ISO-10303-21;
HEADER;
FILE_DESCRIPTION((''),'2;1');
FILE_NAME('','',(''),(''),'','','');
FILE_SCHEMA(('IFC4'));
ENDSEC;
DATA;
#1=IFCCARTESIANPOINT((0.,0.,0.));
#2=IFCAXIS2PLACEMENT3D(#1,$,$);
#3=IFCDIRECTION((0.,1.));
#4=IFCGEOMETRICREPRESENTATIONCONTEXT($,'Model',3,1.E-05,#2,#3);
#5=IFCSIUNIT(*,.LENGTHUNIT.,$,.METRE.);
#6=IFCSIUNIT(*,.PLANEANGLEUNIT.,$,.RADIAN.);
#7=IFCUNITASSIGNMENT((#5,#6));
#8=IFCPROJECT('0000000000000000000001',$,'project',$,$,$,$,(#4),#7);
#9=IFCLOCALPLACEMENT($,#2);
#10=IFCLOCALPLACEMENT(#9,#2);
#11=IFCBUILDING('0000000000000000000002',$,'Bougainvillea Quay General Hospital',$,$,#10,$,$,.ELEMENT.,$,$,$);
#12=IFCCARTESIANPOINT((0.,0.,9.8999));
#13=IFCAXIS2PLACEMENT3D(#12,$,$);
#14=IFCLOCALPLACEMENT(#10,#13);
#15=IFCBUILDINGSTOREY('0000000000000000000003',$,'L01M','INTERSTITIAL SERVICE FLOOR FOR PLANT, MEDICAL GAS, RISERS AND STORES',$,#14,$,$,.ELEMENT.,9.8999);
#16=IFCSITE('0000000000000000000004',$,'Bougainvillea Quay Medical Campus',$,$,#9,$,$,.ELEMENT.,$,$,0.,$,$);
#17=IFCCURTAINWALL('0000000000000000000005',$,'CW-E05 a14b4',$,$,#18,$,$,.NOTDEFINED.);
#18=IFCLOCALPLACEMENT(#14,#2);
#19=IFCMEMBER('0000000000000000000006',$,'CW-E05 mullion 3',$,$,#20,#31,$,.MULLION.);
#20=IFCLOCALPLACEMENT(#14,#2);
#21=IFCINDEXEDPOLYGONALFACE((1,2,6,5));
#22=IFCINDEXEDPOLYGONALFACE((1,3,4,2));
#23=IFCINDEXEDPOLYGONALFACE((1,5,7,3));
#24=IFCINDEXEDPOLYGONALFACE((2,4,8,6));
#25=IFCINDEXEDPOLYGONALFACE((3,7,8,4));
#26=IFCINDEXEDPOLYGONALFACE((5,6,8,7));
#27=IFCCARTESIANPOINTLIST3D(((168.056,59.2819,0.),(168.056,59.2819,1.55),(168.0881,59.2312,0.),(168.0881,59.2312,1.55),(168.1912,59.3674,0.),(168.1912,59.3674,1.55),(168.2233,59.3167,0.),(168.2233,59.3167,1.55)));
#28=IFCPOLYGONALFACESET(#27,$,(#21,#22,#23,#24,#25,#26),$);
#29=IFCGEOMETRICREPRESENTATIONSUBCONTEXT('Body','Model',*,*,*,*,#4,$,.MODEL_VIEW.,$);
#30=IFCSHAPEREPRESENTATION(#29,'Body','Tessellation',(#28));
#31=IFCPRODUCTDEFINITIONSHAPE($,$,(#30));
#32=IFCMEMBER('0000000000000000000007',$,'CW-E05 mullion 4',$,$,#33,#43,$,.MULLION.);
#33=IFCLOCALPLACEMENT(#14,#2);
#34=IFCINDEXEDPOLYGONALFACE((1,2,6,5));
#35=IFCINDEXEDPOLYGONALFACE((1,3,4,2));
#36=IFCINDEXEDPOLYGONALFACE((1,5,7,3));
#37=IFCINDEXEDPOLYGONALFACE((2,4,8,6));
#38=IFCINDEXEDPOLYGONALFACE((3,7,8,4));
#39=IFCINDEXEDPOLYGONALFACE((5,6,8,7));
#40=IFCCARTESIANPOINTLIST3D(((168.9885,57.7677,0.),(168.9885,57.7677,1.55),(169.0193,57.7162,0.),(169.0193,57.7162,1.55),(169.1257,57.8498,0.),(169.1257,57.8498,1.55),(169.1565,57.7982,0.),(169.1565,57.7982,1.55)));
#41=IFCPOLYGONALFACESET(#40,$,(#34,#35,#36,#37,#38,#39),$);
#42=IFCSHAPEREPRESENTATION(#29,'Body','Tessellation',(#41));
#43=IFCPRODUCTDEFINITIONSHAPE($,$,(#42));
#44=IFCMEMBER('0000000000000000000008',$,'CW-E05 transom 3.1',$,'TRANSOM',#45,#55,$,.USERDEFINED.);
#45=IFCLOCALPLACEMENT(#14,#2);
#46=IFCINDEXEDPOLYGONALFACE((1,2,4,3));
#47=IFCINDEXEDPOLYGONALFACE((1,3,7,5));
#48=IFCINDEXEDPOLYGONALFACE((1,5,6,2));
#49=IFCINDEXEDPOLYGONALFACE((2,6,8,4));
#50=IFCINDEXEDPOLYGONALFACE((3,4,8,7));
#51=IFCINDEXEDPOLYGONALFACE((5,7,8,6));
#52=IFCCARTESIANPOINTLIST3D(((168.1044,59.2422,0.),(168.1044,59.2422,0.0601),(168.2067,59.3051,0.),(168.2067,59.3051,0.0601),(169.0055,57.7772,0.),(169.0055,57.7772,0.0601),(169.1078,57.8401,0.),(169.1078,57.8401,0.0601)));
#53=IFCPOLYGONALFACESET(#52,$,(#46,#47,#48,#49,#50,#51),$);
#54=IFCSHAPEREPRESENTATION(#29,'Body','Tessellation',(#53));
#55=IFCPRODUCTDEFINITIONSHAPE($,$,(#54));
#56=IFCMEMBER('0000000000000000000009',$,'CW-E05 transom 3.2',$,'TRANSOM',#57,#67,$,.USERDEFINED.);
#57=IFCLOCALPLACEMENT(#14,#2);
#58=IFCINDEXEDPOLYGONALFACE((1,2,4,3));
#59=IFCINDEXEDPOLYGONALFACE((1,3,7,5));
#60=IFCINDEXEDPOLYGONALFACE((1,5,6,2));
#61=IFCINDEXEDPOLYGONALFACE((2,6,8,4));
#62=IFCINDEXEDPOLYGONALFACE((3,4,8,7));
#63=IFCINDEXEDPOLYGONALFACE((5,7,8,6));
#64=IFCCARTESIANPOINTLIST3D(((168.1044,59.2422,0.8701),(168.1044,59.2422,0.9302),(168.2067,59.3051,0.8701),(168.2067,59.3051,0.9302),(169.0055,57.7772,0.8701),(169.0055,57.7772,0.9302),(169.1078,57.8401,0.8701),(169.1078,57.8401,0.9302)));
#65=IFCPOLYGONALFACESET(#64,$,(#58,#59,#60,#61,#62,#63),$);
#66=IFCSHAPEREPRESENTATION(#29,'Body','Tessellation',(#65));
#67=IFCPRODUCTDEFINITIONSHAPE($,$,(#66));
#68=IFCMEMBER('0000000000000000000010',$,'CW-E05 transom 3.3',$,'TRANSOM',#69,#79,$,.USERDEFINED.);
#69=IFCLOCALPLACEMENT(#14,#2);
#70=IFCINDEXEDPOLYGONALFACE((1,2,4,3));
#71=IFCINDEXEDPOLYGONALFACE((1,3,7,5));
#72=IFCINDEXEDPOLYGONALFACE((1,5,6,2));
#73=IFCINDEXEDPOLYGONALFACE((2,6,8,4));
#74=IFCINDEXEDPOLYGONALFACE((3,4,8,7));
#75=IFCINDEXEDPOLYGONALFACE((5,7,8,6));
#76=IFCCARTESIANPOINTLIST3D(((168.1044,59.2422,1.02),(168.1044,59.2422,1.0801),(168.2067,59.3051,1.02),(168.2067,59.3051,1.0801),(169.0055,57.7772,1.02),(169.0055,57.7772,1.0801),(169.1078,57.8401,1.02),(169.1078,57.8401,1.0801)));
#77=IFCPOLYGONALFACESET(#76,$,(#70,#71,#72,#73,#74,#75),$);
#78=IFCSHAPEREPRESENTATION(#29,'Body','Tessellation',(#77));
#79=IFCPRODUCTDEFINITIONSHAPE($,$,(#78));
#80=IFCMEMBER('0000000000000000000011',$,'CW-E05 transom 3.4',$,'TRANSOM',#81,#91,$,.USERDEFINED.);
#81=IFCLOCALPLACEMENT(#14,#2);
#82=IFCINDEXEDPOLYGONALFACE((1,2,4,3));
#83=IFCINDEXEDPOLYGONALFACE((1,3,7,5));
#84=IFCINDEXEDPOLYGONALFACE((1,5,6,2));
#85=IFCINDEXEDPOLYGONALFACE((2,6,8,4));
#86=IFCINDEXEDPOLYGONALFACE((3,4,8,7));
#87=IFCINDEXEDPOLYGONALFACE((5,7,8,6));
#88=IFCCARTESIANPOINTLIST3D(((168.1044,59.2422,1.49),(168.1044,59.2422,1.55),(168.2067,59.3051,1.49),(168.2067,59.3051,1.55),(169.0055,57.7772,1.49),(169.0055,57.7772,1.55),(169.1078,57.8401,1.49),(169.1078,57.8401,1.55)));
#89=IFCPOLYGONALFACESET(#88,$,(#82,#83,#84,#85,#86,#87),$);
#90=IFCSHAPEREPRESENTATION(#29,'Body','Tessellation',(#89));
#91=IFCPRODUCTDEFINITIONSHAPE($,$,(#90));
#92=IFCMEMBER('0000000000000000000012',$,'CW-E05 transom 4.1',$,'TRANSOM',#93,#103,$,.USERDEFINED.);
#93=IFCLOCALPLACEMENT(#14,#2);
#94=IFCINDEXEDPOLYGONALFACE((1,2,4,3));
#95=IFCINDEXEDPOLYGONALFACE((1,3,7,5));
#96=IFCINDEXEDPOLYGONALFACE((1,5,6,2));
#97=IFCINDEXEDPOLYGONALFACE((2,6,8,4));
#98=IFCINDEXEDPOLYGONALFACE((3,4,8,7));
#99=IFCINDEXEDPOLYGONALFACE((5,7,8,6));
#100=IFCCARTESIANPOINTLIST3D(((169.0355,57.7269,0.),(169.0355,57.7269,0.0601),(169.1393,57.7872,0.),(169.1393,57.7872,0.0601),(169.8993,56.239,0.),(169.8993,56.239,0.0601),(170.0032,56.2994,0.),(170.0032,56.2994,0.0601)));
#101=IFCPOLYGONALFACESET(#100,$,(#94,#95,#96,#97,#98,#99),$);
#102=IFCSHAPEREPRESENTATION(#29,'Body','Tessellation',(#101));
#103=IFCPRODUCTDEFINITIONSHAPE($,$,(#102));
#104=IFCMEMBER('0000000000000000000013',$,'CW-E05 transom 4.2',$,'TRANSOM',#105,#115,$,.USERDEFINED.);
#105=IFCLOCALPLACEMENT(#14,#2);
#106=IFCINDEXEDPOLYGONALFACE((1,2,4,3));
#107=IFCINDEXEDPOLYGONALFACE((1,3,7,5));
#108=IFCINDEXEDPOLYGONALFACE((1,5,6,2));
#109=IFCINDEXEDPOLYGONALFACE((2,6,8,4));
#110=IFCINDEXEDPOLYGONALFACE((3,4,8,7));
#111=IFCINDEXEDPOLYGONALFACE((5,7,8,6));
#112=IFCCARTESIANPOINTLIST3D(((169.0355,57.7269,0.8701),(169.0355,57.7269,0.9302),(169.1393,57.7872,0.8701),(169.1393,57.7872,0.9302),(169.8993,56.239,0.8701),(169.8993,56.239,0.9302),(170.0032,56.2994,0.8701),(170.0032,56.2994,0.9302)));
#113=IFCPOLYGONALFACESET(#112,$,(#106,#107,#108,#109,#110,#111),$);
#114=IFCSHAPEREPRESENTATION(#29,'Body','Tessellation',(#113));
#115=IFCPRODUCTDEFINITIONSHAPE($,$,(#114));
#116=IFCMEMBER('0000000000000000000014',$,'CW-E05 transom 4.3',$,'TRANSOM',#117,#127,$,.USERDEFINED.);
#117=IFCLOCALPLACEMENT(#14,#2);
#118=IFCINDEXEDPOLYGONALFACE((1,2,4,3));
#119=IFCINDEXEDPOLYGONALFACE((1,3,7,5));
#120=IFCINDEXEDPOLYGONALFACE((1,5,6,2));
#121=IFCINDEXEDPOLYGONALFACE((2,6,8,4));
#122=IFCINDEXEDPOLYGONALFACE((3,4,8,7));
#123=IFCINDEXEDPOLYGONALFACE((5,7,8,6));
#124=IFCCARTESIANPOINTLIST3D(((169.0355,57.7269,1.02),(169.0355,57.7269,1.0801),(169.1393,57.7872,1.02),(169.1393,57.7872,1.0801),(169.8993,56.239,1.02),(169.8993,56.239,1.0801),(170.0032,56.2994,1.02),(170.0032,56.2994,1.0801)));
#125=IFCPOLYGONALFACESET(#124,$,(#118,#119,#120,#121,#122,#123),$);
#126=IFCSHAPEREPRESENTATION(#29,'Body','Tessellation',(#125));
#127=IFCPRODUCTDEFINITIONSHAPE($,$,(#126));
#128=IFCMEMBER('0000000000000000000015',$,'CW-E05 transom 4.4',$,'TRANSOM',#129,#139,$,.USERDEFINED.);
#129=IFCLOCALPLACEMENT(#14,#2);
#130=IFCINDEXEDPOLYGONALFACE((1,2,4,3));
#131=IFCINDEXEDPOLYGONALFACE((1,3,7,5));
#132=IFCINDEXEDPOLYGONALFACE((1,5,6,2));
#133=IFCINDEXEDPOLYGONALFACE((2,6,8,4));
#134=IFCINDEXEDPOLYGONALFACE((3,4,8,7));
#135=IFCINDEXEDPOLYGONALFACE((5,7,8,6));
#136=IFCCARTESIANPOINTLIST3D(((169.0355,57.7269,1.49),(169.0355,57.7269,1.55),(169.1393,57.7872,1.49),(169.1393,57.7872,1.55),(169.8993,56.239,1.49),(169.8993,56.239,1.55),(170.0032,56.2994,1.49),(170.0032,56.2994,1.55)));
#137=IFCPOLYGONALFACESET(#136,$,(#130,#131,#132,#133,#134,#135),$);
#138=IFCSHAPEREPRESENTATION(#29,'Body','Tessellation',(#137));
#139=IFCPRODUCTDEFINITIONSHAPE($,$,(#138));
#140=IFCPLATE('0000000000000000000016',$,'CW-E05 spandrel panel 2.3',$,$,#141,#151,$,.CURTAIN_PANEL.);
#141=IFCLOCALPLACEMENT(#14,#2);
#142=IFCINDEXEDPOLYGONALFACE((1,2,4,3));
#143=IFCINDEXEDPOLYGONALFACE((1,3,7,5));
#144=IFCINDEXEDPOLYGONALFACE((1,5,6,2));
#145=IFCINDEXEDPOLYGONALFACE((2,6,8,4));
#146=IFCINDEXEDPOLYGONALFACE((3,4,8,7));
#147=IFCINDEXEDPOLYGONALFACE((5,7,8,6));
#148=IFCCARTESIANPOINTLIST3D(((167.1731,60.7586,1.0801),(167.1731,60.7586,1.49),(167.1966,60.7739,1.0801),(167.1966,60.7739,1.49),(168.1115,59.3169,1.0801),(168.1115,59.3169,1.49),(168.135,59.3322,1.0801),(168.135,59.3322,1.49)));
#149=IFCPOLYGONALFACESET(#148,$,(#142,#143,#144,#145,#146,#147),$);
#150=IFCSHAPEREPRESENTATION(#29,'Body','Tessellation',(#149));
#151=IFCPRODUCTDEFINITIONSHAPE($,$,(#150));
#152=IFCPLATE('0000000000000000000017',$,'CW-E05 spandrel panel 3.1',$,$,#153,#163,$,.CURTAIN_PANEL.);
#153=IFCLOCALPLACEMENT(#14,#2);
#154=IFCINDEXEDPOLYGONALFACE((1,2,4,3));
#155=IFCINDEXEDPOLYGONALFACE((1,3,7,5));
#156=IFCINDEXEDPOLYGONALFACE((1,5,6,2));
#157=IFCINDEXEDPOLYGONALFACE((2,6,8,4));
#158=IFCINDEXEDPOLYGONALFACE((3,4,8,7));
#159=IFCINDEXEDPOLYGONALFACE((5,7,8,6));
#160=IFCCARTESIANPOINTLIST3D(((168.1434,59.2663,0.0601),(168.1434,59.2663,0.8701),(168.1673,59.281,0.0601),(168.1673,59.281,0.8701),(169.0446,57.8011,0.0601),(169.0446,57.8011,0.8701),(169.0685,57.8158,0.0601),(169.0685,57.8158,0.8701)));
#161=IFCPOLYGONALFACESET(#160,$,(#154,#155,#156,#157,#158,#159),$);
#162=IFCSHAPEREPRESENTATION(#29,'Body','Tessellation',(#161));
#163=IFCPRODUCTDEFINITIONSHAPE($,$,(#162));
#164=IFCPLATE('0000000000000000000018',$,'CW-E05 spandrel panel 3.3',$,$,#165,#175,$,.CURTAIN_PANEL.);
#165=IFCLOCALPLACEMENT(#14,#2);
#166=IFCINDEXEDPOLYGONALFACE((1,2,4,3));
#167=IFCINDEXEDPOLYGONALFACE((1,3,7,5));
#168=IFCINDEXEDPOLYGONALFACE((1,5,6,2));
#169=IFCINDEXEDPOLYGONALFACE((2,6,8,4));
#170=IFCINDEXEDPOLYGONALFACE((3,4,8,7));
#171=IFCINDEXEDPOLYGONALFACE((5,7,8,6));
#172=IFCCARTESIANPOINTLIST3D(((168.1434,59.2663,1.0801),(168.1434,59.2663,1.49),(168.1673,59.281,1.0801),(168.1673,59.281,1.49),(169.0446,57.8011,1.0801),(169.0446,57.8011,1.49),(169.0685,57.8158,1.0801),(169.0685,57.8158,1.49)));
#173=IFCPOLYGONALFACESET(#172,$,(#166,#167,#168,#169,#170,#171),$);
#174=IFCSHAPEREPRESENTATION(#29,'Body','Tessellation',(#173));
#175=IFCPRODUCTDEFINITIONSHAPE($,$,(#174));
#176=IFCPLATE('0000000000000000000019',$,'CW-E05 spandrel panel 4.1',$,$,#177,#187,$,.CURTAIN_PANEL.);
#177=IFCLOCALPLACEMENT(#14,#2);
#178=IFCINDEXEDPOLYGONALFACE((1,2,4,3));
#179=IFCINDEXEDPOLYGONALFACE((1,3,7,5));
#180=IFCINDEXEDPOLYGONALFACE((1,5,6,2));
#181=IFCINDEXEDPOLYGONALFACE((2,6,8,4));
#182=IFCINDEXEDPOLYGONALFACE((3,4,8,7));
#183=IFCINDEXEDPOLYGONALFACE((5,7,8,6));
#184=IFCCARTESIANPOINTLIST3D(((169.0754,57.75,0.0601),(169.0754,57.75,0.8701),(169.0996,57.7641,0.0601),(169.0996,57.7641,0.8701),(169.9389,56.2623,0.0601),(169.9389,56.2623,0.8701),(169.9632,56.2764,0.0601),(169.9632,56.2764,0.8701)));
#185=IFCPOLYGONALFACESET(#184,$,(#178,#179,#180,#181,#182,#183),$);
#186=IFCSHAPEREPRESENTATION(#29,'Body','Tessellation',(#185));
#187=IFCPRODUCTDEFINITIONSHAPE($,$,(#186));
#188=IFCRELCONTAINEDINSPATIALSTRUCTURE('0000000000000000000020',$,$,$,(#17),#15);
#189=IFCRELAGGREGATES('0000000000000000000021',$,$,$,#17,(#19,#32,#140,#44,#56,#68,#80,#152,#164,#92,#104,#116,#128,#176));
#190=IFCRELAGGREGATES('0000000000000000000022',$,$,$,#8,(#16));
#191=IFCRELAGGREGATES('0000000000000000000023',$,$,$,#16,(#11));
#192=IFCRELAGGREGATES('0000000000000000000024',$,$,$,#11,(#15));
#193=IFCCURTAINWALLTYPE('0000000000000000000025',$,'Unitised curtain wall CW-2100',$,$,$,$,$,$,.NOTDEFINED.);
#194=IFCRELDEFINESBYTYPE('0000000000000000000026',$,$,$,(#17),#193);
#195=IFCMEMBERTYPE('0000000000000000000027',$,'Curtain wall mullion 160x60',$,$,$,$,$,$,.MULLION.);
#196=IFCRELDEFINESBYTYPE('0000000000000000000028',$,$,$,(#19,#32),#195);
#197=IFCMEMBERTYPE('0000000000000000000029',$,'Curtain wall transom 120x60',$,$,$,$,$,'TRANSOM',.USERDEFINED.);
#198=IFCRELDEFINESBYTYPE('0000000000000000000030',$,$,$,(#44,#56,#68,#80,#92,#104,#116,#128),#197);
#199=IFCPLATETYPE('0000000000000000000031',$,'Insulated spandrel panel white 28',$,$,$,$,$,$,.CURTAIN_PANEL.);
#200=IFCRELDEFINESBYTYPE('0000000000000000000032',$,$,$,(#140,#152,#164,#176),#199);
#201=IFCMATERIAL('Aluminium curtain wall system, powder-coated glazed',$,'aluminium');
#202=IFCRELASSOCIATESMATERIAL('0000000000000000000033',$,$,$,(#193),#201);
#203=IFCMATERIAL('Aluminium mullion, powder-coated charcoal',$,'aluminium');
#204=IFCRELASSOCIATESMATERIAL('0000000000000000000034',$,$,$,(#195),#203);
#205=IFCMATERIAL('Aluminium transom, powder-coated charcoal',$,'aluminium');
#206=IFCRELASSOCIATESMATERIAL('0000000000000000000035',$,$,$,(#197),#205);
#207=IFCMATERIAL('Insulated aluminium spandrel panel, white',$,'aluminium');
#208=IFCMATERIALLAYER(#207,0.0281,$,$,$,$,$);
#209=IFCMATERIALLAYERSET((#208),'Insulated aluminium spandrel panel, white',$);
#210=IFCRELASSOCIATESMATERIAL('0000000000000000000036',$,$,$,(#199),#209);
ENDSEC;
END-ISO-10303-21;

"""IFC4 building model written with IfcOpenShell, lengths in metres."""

from ifc_helpers import new_model, si_unit, direction, frame, origin, origin_2d, place, context, subcontext, project, spatial, rectangle, extrude, material, layer, layer_set, material_profile, profile_set, type_object, element, aggregate, save


model = new_model("IFC4")

# Units and contexts
model_context = context("Model", 3, precision=1e-05, world=origin(), true_north=direction((0.0, 1.0)))
body_context = subcontext(model_context, "Body", "Model", "MODEL_VIEW")
ifc_project = project(units=[si_unit("LENGTHUNIT", "METRE"), si_unit("PLANEANGLEUNIT", "RADIAN")], contexts=[model_context])

# Site, building, storey
site_placement = place(None, origin())
site = spatial("IfcSite", under=ifc_project, at=site_placement, Name="Bougainvillea Quay Medical Campus", CompositionType="ELEMENT", RefElevation=0.0)
building_placement = place(site_placement, origin())
building = spatial("IfcBuilding", under=site, at=building_placement, Name="Bougainvillea Quay General Hospital", CompositionType="ELEMENT")
storey_placement = place(building_placement, frame((0.0, 0.0, 9.8999)))
storey = spatial("IfcBuildingStorey", under=building, at=storey_placement, Name="L01M", Description="INTERSTITIAL SERVICE FLOOR FOR PLANT, MEDICAL GAS, RISERS AND STORES", CompositionType="ELEMENT", Elevation=9.8999)

# Curtain wall, members, plates
ifc_material_1 = material(Name="Aluminium curtain wall system, powder-coated glazed", Category="aluminium")
curtain_wall_type = type_object("IfcCurtainWallType", Name="Unitised curtain wall CW-2100", PredefinedType="NOTDEFINED", material=ifc_material_1)
curtain_wall_placement = place(storey_placement, origin())
curtain_wall = element("IfcCurtainWall", 1, at=curtain_wall_placement, inside=storey, type_object=curtain_wall_type, Name="CW-E05 a14b4", PredefinedType="NOTDEFINED")
ifc_material_2 = material(Name="Aluminium mullion, powder-coated charcoal", Category="aluminium")
ifc_material_profile_1 = material_profile(ifc_material_2, rectangle(XDim=0.1599, YDim=0.0601, at=origin_2d()))
ifc_profile_set_1 = profile_set([ifc_material_profile_1], Name="Aluminium mullion, powder-coated charcoal")
member_type_1 = type_object("IfcMemberType", Name="Curtain wall mullion 160x60", PredefinedType="MULLION", material=ifc_profile_set_1)
member_1_placement = place(storey_placement, frame((168.1396, 59.2993, 0.0), z_axis=(0.0, 0.0, 1.0), x_axis=(0.845008, 0.534754, 0.0)))
member_1 = element("IfcMember", 2, at=member_1_placement, type_object=member_type_1, Name="CW-E05 mullion 3", PredefinedType="MULLION", context=body_context, shape_type="SweptSolid", body=[
    extrude(rectangle(XDim=0.1599, YDim=0.0601, at=origin_2d()), origin(), (0.0, 0.0, 1.0), 1.55),
])
member_2_placement = place(storey_placement, frame((169.0725, 57.783, 0.0), z_axis=(0.0, 0.0, 1.0), x_axis=(0.85838, 0.513014, 0.0)))
member_2 = element("IfcMember", 3, at=member_2_placement, type_object=member_type_1, Name="CW-E05 mullion 4", PredefinedType="MULLION", context=body_context, shape_type="SweptSolid", body=[
    extrude(rectangle(XDim=0.1599, YDim=0.0601, at=origin_2d()), origin(), (0.0, 0.0, 1.0), 1.55),
])
ifc_material_3 = material(Name="Aluminium transom, powder-coated charcoal", Category="aluminium")
ifc_material_profile_2 = material_profile(ifc_material_3, rectangle(XDim=0.1201, YDim=0.0601, at=origin_2d()))
ifc_profile_set_2 = profile_set([ifc_material_profile_2], Name="Aluminium transom, powder-coated charcoal")
member_type_2 = type_object("IfcMemberType", Name="Curtain wall transom 120x60", ElementType="TRANSOM", PredefinedType="USERDEFINED", material=ifc_profile_set_2)
member_3_placement = place(storey_placement, frame((168.1555, 59.2737, 0.03), z_axis=(0.523899, -0.85178, 0.0), x_axis=(0.85178, 0.523899, 0.0)))
member_3 = element("IfcMember", 4, at=member_3_placement, type_object=member_type_2, Name="CW-E05 transom 3.1", ObjectType="TRANSOM", PredefinedType="USERDEFINED", context=body_context, shape_type="SweptSolid", body=[
    extrude(rectangle(XDim=0.1201, YDim=0.0601, at=origin_2d()), origin(), (0.0, 0.0, 1.0), 1.72),
])
member_4_placement = place(storey_placement, frame((168.1555, 59.2737, 0.9001), z_axis=(0.523899, -0.85178, 0.0), x_axis=(0.85178, 0.523899, 0.0)))
member_4 = element("IfcMember", 5, at=member_4_placement, type_object=member_type_2, Name="CW-E05 transom 3.2", ObjectType="TRANSOM", PredefinedType="USERDEFINED", context=body_context, shape_type="SweptSolid", body=[
    extrude(rectangle(XDim=0.1201, YDim=0.0601, at=origin_2d()), origin(), (0.0, 0.0, 1.0), 1.72),
])
member_5_placement = place(storey_placement, frame((168.1555, 59.2737, 1.05), z_axis=(0.523899, -0.85178, 0.0), x_axis=(0.85178, 0.523899, 0.0)))
member_5 = element("IfcMember", 6, at=member_5_placement, type_object=member_type_2, Name="CW-E05 transom 3.3", ObjectType="TRANSOM", PredefinedType="USERDEFINED", context=body_context, shape_type="SweptSolid", body=[
    extrude(rectangle(XDim=0.1201, YDim=0.0601, at=origin_2d()), origin(), (0.0, 0.0, 1.0), 1.72),
])
member_6_placement = place(storey_placement, frame((168.1555, 59.2737, 1.52), z_axis=(0.523899, -0.85178, 0.0), x_axis=(0.85178, 0.523899, 0.0)))
member_6 = element("IfcMember", 7, at=member_6_placement, type_object=member_type_2, Name="CW-E05 transom 3.4", ObjectType="TRANSOM", PredefinedType="USERDEFINED", context=body_context, shape_type="SweptSolid", body=[
    extrude(rectangle(XDim=0.1201, YDim=0.0601, at=origin_2d()), origin(), (0.0, 0.0, 1.0), 1.72),
])
member_7_placement = place(storey_placement, frame((169.0874, 57.7571, 0.03), z_axis=(0.502088, -0.864817, 0.0), x_axis=(0.864817, 0.502088, 0.0)))
member_7 = element("IfcMember", 8, at=member_7_placement, type_object=member_type_2, Name="CW-E05 transom 4.1", ObjectType="TRANSOM", PredefinedType="USERDEFINED", context=body_context, shape_type="SweptSolid", body=[
    extrude(rectangle(XDim=0.1201, YDim=0.0601, at=origin_2d()), origin(), (0.0, 0.0, 1.0), 1.7205),
])
member_8_placement = place(storey_placement, frame((169.0874, 57.7571, 0.9001), z_axis=(0.502088, -0.864817, 0.0), x_axis=(0.864817, 0.502088, 0.0)))
member_8 = element("IfcMember", 9, at=member_8_placement, type_object=member_type_2, Name="CW-E05 transom 4.2", ObjectType="TRANSOM", PredefinedType="USERDEFINED", context=body_context, shape_type="SweptSolid", body=[
    extrude(rectangle(XDim=0.1201, YDim=0.0601, at=origin_2d()), origin(), (0.0, 0.0, 1.0), 1.7205),
])
member_9_placement = place(storey_placement, frame((169.0874, 57.7571, 1.05), z_axis=(0.502088, -0.864817, 0.0), x_axis=(0.864817, 0.502088, 0.0)))
member_9 = element("IfcMember", 10, at=member_9_placement, type_object=member_type_2, Name="CW-E05 transom 4.3", ObjectType="TRANSOM", PredefinedType="USERDEFINED", context=body_context, shape_type="SweptSolid", body=[
    extrude(rectangle(XDim=0.1201, YDim=0.0601, at=origin_2d()), origin(), (0.0, 0.0, 1.0), 1.7205),
])
member_10_placement = place(storey_placement, frame((169.0874, 57.7571, 1.52), z_axis=(0.502088, -0.864817, 0.0), x_axis=(0.864817, 0.502088, 0.0)))
member_10 = element("IfcMember", 11, at=member_10_placement, type_object=member_type_2, Name="CW-E05 transom 4.4", ObjectType="TRANSOM", PredefinedType="USERDEFINED", context=body_context, shape_type="SweptSolid", body=[
    extrude(rectangle(XDim=0.1201, YDim=0.0601, at=origin_2d()), origin(), (0.0, 0.0, 1.0), 1.7205),
])
ifc_material_4 = material(Name="Insulated aluminium spandrel panel, white", Category="aluminium")
ifc_layer_1 = layer(ifc_material_4, 0.0281)
ifc_layer_set_1 = layer_set([ifc_layer_1], Name="Insulated aluminium spandrel panel, white")
plate_type_1 = type_object("IfcPlateType", Name="Insulated spandrel panel white 28", PredefinedType="CURTAIN_PANEL", material=ifc_layer_set_1)
plate_1_placement = place(storey_placement, frame((167.6541, 60.0454, 1.0801), z_axis=(0.0, 0.0, 1.0), x_axis=(0.545494, -0.838115, 0.0)))
plate_1 = element("IfcPlate", 12, at=plate_1_placement, type_object=plate_type_1, Name="CW-E05 spandrel panel 2.3", PredefinedType="CURTAIN_PANEL", context=body_context, shape_type="SweptSolid", body=[
    extrude(rectangle(XDim=1.7202, YDim=0.0281, at=origin_2d()), origin(), (0.0, 0.0, 1.0), 0.4099),
])
plate_2_placement = place(storey_placement, frame((168.606, 58.541, 0.0601), z_axis=(0.0, 0.0, 1.0), x_axis=(0.523926, -0.851764, 0.0)))
plate_2 = element("IfcPlate", 13, at=plate_2_placement, type_object=plate_type_1, Name="CW-E05 spandrel panel 3.1", PredefinedType="CURTAIN_PANEL", context=body_context, shape_type="SweptSolid", body=[
    extrude(rectangle(XDim=1.7202, YDim=0.0281, at=origin_2d()), origin(), (0.0, 0.0, 1.0), 0.8101),
])
plate_3_placement = place(storey_placement, frame((168.606, 58.541, 1.0801), z_axis=(0.0, 0.0, 1.0), x_axis=(0.523926, -0.851764, 0.0)))
plate_3 = element("IfcPlate", 14, at=plate_3_placement, type_object=plate_type_1, Name="CW-E05 spandrel panel 3.3", PredefinedType="CURTAIN_PANEL", context=body_context, shape_type="SweptSolid", body=[
    extrude(rectangle(XDim=1.7202, YDim=0.0281, at=origin_2d()), origin(), (0.0, 0.0, 1.0), 0.4099),
])
plate_4_placement = place(storey_placement, frame((169.5193, 57.0132, 0.0601), z_axis=(0.0, 0.0, 1.0), x_axis=(0.502018, -0.864857, 0.0)))
plate_4 = element("IfcPlate", 15, at=plate_4_placement, type_object=plate_type_1, Name="CW-E05 spandrel panel 4.1", PredefinedType="CURTAIN_PANEL", context=body_context, shape_type="SweptSolid", body=[
    extrude(rectangle(XDim=1.7202, YDim=0.0281, at=origin_2d()), origin(), (0.0, 0.0, 1.0), 0.8101),
])
aggregate(curtain_wall, [member_1, member_2, plate_1, member_3, member_4, member_5, member_6, plate_2, plate_3, member_7, member_8, member_9, member_10, plate_4])

save(model, "model.ifc")
